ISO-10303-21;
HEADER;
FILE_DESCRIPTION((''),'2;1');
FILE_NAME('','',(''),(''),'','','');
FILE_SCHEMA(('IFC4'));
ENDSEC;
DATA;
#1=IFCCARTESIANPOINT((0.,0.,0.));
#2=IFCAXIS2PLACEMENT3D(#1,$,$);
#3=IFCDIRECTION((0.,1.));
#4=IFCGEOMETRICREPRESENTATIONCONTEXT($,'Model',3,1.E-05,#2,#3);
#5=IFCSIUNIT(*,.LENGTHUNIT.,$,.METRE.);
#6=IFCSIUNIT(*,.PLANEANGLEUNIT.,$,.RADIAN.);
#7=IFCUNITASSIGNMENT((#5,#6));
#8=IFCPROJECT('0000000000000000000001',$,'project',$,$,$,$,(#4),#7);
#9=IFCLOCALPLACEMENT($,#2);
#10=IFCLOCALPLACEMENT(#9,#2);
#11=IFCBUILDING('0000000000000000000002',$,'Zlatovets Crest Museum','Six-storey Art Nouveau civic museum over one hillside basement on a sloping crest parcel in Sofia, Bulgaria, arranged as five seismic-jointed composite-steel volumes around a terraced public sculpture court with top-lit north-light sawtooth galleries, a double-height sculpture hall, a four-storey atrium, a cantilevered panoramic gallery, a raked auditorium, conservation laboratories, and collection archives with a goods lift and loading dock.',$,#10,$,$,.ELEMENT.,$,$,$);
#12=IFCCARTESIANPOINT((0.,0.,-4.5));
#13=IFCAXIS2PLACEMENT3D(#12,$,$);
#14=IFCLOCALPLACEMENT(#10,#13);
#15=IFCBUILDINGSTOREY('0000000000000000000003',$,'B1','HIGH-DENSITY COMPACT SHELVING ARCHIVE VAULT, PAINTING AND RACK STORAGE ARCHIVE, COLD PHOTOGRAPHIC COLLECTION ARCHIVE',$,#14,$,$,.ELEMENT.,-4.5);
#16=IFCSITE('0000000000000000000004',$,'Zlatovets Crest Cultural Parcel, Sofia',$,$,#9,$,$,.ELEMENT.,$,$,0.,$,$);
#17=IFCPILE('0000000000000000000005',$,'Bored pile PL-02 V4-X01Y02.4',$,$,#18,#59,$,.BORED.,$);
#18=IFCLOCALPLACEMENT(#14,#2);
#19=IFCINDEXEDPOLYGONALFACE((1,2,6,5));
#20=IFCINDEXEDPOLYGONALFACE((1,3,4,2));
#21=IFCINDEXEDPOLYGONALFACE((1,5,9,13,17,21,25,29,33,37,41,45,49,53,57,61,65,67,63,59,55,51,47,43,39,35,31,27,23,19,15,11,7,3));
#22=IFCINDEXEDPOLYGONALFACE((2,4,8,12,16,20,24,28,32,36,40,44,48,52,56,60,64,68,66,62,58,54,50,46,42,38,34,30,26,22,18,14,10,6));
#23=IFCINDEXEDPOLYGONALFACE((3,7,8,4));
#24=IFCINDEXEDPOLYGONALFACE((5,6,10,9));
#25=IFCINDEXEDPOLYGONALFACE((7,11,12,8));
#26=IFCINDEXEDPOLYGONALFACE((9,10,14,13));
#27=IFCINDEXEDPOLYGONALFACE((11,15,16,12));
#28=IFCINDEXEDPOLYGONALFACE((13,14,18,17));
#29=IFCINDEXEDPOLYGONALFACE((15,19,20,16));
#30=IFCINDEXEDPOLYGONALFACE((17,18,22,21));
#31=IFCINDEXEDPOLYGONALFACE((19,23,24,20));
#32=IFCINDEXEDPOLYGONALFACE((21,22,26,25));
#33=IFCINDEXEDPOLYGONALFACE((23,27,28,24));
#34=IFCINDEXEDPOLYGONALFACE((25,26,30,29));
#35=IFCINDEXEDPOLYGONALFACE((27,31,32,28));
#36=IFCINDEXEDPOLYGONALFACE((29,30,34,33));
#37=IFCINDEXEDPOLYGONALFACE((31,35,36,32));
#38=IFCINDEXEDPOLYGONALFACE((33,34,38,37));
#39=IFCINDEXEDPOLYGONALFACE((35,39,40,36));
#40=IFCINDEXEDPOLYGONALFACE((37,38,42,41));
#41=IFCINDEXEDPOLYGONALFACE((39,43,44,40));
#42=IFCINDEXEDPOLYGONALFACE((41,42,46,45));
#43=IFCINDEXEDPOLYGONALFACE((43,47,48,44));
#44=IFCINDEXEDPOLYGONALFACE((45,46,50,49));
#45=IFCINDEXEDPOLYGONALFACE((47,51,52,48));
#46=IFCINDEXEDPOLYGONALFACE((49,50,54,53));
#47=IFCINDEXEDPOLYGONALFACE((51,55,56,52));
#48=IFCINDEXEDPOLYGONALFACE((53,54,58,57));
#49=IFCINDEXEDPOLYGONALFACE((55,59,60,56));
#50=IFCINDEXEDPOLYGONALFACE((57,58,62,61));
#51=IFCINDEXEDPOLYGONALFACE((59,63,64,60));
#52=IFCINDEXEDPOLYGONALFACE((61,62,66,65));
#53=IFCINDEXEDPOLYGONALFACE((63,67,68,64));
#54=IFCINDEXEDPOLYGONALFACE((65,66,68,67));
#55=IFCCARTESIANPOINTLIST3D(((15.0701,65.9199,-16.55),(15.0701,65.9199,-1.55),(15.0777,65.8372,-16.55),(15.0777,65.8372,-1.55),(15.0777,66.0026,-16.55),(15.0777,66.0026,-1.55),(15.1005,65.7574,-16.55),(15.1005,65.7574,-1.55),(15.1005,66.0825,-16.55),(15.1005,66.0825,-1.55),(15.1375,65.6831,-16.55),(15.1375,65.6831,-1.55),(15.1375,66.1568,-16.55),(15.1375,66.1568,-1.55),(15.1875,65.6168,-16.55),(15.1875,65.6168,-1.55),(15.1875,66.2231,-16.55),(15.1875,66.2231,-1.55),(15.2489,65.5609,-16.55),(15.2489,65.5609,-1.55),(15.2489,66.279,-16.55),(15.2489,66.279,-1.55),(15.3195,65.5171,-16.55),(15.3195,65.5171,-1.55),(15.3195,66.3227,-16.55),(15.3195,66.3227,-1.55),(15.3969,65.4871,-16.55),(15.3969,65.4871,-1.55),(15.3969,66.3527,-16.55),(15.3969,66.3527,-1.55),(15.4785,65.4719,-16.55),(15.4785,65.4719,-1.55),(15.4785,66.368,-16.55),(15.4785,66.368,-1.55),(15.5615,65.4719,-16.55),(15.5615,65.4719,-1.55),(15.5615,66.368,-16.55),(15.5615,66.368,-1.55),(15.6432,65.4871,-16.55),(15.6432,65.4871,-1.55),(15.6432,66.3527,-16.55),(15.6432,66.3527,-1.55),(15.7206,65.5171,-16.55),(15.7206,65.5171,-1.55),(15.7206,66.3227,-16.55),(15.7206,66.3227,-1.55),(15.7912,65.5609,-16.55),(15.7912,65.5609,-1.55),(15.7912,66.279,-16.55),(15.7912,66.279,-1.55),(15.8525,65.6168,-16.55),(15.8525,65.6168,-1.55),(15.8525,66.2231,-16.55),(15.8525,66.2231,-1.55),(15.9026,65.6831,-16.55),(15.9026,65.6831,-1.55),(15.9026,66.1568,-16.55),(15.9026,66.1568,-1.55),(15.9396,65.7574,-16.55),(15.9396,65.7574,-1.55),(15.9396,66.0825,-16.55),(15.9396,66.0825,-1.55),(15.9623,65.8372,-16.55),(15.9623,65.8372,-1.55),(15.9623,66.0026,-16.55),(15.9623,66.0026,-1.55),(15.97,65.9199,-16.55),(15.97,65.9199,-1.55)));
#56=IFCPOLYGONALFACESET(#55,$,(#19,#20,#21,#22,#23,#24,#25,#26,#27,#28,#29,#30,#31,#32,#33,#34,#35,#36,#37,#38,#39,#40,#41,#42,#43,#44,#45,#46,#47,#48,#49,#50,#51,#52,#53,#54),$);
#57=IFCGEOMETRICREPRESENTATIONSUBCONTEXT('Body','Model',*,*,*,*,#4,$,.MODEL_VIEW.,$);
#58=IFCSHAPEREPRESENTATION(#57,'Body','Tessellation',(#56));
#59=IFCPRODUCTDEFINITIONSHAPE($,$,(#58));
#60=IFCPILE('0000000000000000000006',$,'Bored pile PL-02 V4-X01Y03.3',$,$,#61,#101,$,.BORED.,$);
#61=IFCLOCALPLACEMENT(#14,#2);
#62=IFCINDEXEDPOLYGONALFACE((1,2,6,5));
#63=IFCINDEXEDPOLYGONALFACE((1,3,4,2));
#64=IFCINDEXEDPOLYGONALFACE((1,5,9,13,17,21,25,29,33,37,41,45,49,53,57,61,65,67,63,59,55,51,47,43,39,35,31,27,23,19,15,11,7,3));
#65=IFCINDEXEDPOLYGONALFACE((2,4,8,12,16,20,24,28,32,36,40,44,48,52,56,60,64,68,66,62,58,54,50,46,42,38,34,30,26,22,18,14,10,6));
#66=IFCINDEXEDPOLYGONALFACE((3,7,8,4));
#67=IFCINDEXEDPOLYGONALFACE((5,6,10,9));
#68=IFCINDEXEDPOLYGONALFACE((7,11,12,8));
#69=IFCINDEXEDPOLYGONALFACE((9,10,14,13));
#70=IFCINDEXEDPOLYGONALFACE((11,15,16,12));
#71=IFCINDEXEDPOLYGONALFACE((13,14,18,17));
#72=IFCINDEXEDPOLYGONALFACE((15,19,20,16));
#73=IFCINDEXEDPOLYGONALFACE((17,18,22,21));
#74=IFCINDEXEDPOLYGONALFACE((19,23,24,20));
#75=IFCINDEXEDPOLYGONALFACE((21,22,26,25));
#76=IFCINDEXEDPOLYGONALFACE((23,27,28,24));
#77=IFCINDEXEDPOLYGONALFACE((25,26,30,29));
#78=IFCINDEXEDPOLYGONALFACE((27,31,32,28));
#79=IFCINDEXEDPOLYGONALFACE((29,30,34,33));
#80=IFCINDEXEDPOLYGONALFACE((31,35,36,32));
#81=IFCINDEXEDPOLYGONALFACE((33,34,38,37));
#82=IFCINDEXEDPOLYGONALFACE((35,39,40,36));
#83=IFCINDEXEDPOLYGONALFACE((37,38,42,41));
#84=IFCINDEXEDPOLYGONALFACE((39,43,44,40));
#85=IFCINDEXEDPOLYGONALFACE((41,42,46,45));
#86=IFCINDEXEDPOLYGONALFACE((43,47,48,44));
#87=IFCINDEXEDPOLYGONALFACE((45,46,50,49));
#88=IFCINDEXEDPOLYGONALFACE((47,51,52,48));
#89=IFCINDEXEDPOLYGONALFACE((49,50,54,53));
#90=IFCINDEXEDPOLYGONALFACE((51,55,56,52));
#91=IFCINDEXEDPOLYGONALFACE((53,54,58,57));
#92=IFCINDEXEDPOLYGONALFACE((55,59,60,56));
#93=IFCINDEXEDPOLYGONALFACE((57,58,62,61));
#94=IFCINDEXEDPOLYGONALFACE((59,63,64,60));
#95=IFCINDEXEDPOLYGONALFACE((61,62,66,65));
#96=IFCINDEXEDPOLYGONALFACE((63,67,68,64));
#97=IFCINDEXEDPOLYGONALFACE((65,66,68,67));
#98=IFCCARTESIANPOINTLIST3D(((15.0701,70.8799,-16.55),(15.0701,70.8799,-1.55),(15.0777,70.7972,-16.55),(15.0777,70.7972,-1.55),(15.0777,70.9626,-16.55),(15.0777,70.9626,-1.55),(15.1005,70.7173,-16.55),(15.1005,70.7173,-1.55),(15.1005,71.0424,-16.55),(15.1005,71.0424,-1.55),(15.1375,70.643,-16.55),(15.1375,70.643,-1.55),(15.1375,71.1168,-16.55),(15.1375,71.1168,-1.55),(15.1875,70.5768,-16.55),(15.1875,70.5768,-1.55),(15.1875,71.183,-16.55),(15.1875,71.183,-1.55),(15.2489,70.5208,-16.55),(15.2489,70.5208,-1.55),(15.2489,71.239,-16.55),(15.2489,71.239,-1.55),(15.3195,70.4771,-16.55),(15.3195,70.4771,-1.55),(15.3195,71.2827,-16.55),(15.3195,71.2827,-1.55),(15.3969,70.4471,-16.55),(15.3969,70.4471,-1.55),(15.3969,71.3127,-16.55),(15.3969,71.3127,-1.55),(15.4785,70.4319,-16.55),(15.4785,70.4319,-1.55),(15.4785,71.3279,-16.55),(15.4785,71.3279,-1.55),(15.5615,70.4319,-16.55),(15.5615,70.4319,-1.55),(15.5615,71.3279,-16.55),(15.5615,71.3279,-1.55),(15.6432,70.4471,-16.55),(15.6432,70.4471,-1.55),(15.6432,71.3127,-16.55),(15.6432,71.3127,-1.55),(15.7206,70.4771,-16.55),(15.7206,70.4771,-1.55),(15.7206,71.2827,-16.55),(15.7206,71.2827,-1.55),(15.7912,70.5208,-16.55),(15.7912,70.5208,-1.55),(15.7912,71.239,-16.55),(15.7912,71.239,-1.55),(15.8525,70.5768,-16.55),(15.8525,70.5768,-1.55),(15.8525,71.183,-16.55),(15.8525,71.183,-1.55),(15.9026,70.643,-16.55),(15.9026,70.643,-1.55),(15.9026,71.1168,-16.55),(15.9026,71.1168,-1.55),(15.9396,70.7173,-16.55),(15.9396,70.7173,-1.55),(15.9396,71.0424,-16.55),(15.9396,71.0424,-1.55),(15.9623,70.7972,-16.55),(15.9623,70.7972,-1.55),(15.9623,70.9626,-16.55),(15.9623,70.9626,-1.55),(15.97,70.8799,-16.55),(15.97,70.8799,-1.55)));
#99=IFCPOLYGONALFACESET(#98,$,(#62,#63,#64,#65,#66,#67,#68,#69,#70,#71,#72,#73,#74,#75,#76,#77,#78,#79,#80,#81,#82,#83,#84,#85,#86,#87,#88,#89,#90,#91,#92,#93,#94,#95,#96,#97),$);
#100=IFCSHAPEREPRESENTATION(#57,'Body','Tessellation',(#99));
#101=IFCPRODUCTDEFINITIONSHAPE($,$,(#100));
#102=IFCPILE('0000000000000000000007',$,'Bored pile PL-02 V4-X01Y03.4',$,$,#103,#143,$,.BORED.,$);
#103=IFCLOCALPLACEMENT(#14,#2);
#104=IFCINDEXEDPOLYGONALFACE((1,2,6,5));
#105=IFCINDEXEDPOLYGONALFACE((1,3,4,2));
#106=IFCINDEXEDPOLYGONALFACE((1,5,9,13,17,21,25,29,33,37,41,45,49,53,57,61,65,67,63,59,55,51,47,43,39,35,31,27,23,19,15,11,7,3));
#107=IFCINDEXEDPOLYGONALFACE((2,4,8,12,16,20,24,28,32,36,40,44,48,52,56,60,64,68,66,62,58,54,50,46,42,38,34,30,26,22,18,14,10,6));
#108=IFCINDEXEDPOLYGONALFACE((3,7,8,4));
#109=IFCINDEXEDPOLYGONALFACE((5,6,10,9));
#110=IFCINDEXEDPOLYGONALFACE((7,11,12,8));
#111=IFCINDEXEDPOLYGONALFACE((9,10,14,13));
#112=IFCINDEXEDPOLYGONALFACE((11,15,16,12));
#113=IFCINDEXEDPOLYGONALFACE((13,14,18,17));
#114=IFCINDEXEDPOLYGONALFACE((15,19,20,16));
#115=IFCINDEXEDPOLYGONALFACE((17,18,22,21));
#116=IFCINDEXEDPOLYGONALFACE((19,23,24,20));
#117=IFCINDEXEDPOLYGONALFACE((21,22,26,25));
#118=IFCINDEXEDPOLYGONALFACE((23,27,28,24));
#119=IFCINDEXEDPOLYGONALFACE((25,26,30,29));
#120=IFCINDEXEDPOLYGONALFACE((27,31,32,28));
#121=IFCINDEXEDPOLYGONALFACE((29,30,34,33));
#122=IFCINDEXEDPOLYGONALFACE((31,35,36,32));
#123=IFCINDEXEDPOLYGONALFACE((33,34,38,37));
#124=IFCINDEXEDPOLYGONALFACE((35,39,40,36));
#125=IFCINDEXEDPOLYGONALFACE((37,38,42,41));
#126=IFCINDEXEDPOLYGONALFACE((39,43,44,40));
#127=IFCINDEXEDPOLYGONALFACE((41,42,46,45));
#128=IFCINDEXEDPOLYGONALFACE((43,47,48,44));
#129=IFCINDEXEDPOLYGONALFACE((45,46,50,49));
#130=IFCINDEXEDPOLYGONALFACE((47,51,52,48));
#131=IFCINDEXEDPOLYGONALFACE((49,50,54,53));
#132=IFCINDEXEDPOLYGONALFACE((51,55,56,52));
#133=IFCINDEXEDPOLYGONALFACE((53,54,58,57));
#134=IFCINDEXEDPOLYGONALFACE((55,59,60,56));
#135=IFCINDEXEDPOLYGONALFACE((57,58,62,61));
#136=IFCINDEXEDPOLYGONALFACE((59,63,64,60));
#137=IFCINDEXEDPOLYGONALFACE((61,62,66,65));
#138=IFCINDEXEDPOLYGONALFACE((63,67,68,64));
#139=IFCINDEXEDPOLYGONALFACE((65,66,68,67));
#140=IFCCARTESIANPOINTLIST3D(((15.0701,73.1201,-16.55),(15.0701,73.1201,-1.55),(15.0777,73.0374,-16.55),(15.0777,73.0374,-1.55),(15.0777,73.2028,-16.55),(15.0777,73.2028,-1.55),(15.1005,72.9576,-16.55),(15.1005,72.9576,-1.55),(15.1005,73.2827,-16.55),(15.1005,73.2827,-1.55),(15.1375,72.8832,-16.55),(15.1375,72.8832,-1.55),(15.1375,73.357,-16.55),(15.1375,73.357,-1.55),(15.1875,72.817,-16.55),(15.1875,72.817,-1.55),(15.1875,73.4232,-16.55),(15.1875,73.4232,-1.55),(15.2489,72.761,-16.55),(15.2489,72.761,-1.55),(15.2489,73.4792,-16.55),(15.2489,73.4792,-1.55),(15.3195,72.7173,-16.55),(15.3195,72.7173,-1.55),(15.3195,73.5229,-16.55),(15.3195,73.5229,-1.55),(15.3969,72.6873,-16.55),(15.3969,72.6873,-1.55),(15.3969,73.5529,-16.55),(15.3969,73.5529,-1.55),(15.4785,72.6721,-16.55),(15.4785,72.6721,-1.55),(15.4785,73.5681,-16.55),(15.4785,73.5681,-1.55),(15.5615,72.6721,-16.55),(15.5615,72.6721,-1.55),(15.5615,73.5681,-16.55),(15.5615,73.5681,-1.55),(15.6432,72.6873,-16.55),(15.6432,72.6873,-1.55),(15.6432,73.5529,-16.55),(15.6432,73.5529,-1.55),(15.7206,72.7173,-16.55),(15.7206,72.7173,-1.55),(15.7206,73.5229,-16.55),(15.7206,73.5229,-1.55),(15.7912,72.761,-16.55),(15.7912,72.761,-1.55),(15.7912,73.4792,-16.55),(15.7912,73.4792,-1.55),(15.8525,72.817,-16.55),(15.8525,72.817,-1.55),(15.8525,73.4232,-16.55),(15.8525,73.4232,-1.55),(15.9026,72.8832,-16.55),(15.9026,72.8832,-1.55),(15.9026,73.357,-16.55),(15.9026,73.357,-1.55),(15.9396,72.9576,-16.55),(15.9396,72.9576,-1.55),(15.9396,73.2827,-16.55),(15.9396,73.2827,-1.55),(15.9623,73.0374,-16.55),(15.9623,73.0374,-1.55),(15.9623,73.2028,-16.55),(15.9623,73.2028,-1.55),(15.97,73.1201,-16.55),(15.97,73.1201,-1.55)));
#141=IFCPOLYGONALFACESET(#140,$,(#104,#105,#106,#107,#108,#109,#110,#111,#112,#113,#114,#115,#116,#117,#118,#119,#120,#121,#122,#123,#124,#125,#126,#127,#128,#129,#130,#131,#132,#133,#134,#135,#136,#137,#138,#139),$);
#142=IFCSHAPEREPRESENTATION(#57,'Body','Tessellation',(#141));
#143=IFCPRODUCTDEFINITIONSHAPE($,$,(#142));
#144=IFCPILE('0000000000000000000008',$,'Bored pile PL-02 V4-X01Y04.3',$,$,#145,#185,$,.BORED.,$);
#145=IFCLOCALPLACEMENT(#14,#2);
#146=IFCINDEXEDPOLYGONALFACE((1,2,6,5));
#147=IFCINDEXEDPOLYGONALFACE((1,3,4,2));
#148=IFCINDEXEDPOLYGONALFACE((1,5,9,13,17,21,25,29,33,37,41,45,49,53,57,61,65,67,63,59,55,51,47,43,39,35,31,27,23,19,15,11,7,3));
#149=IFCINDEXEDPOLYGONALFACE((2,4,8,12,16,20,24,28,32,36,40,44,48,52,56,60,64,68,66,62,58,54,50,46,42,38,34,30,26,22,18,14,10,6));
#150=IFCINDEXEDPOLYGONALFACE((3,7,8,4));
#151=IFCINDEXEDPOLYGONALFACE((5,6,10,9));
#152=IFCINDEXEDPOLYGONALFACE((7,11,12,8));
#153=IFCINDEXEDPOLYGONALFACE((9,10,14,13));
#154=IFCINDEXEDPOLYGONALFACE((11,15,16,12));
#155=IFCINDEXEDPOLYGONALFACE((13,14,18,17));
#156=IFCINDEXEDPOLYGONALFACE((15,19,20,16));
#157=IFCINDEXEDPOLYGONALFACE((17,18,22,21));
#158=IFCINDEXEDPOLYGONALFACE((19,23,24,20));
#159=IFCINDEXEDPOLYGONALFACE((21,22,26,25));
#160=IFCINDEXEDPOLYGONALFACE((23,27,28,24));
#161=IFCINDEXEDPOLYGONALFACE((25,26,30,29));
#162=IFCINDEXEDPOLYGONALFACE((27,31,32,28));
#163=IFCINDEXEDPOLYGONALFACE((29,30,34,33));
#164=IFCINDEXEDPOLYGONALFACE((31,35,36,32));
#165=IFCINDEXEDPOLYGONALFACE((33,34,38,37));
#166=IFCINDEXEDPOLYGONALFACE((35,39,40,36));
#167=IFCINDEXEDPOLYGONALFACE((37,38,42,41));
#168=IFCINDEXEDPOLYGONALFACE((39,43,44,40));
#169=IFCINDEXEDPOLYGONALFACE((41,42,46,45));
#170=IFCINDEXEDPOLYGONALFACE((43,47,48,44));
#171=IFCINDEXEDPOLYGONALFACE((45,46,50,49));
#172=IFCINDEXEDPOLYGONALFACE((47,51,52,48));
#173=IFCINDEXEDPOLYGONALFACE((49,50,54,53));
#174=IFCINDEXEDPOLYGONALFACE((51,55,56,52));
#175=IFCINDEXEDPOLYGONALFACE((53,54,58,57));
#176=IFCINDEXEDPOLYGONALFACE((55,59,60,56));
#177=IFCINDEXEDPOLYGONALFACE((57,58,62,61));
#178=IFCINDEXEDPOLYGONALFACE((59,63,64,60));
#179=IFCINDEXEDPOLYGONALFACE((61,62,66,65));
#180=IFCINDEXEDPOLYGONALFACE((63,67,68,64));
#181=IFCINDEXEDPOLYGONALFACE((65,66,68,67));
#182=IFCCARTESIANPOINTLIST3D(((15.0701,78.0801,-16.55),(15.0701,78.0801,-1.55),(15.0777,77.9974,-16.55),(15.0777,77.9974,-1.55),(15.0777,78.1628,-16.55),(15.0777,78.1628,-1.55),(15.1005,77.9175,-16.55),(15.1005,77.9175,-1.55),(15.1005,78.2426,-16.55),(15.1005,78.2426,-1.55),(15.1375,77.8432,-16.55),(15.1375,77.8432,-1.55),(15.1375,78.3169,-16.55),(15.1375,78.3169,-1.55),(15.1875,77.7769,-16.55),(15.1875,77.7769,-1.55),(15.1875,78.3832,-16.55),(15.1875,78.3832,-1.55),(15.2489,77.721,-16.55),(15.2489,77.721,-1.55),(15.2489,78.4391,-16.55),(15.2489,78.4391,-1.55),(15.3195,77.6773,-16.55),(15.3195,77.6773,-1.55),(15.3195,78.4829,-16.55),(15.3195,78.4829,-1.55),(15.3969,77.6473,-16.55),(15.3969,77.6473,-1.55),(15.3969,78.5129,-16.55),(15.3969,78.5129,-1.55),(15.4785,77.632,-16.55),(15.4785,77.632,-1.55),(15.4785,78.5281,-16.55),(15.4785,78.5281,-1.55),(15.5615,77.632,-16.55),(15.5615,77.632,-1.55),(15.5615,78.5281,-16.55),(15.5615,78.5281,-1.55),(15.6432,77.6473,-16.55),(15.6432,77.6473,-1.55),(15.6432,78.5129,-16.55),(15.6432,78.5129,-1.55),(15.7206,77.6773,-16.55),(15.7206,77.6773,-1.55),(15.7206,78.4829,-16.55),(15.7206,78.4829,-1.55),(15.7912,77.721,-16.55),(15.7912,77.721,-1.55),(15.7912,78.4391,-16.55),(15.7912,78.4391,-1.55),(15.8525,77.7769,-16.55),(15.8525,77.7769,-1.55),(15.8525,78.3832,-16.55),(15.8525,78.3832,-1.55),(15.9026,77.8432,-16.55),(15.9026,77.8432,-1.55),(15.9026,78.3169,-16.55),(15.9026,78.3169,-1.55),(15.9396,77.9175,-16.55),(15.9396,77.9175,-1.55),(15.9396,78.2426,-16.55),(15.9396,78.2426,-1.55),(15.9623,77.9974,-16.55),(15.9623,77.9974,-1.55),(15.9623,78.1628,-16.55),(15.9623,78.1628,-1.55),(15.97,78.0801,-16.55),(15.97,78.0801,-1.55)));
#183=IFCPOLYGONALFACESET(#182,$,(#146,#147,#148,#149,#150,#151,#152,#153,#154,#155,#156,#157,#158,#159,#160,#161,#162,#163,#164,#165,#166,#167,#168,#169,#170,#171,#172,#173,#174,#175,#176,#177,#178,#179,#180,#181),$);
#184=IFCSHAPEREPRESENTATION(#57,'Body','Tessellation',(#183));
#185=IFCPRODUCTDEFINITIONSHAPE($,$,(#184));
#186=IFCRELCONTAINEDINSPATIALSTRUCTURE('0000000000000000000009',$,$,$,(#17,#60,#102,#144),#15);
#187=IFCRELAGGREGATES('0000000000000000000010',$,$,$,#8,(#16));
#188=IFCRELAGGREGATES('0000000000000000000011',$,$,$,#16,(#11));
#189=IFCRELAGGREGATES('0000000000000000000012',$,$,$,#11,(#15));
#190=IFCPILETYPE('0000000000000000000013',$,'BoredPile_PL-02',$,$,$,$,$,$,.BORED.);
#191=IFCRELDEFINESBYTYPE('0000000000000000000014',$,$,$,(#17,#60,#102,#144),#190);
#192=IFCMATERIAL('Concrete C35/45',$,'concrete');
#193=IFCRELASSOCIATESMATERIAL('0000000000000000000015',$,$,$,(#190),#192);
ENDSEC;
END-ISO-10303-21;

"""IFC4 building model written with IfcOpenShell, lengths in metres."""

from ifc_helpers import new_model, si_unit, direction, frame, origin, origin_2d, place, context, subcontext, project, spatial, circle, extrude, material, material_profile, profile_set, type_object, element, save


model = new_model("IFC4")

# Units and contexts
model_context = context("Model", 3, precision=1e-05, world=origin(), true_north=direction((0.0, 1.0)))
body_context = subcontext(model_context, "Body", "Model", "MODEL_VIEW")
ifc_project = project(units=[si_unit("LENGTHUNIT", "METRE"), si_unit("PLANEANGLEUNIT", "RADIAN")], contexts=[model_context])

# Site, building, storey
site_placement = place(None, origin())
site = spatial("IfcSite", under=ifc_project, at=site_placement, Name="Zlatovets Crest Cultural Parcel, Sofia", CompositionType="ELEMENT", RefElevation=0.0)
building_placement = place(site_placement, origin())
building = spatial("IfcBuilding", under=site, at=building_placement, Name="Zlatovets Crest Museum", Description="Six-storey Art Nouveau civic museum over one hillside basement on a sloping crest parcel in Sofia, Bulgaria, arranged as five seismic-jointed composite-steel volumes around a terraced public sculpture court with top-lit north-light sawtooth galleries, a double-height sculpture hall, a four-storey atrium, a cantilevered panoramic gallery, a raked auditorium, conservation laboratories, and collection archives with a goods lift and loading dock.", CompositionType="ELEMENT")
storey_placement = place(building_placement, frame((0.0, 0.0, -4.5)))
storey = spatial("IfcBuildingStorey", under=building, at=storey_placement, Name="B1", Description="HIGH-DENSITY COMPACT SHELVING ARCHIVE VAULT, PAINTING AND RACK STORAGE ARCHIVE, COLD PHOTOGRAPHIC COLLECTION ARCHIVE", CompositionType="ELEMENT", Elevation=-4.5)

# Piles
ifc_material_1 = material(Name="Concrete C35/45", Category="concrete")
ifc_material_profile_1 = material_profile(ifc_material_1, circle(Radius=0.45, at=origin_2d()), Name="PILE D900")
ifc_profile_set_1 = profile_set([ifc_material_profile_1], Name="Concrete C35/45")
pile_type = type_object("IfcPileType", Name="BoredPile_PL-02", PredefinedType="BORED", material=ifc_profile_set_1)
for number, where, z_axis, x_axis, name in (
    (1, (15.52, 65.9199, -1.55), (0.0, 0.0, -1.0), (1.0, 0.0, 0.0), "Bored pile PL-02 V4-X01Y02.4"),
    (2, (15.52, 70.8799, -1.55), (0.0, 0.0, -1.0), (1.0, 0.0, 0.0), "Bored pile PL-02 V4-X01Y03.3"),
    (3, (15.52, 73.1201, -1.55), (0.0, 0.0, -1.0), (1.0, 0.0, 0.0), "Bored pile PL-02 V4-X01Y03.4"),
    (4, (15.52, 78.0801, -1.55), (0.0, 0.0, -1.0), (1.0, 0.0, 0.0), "Bored pile PL-02 V4-X01Y04.3"),
):
    element("IfcPile", number, at=place(storey_placement, frame(where, z_axis=z_axis, x_axis=x_axis)), inside=storey, type_object=pile_type, Name=name, PredefinedType="BORED", context=body_context, shape_type="SweptSolid", body=[
        extrude(circle(Radius=0.45, at=origin_2d()), origin(), (0.0, 0.0, 1.0), 15.0),
    ])

save(model, "model.ifc")
